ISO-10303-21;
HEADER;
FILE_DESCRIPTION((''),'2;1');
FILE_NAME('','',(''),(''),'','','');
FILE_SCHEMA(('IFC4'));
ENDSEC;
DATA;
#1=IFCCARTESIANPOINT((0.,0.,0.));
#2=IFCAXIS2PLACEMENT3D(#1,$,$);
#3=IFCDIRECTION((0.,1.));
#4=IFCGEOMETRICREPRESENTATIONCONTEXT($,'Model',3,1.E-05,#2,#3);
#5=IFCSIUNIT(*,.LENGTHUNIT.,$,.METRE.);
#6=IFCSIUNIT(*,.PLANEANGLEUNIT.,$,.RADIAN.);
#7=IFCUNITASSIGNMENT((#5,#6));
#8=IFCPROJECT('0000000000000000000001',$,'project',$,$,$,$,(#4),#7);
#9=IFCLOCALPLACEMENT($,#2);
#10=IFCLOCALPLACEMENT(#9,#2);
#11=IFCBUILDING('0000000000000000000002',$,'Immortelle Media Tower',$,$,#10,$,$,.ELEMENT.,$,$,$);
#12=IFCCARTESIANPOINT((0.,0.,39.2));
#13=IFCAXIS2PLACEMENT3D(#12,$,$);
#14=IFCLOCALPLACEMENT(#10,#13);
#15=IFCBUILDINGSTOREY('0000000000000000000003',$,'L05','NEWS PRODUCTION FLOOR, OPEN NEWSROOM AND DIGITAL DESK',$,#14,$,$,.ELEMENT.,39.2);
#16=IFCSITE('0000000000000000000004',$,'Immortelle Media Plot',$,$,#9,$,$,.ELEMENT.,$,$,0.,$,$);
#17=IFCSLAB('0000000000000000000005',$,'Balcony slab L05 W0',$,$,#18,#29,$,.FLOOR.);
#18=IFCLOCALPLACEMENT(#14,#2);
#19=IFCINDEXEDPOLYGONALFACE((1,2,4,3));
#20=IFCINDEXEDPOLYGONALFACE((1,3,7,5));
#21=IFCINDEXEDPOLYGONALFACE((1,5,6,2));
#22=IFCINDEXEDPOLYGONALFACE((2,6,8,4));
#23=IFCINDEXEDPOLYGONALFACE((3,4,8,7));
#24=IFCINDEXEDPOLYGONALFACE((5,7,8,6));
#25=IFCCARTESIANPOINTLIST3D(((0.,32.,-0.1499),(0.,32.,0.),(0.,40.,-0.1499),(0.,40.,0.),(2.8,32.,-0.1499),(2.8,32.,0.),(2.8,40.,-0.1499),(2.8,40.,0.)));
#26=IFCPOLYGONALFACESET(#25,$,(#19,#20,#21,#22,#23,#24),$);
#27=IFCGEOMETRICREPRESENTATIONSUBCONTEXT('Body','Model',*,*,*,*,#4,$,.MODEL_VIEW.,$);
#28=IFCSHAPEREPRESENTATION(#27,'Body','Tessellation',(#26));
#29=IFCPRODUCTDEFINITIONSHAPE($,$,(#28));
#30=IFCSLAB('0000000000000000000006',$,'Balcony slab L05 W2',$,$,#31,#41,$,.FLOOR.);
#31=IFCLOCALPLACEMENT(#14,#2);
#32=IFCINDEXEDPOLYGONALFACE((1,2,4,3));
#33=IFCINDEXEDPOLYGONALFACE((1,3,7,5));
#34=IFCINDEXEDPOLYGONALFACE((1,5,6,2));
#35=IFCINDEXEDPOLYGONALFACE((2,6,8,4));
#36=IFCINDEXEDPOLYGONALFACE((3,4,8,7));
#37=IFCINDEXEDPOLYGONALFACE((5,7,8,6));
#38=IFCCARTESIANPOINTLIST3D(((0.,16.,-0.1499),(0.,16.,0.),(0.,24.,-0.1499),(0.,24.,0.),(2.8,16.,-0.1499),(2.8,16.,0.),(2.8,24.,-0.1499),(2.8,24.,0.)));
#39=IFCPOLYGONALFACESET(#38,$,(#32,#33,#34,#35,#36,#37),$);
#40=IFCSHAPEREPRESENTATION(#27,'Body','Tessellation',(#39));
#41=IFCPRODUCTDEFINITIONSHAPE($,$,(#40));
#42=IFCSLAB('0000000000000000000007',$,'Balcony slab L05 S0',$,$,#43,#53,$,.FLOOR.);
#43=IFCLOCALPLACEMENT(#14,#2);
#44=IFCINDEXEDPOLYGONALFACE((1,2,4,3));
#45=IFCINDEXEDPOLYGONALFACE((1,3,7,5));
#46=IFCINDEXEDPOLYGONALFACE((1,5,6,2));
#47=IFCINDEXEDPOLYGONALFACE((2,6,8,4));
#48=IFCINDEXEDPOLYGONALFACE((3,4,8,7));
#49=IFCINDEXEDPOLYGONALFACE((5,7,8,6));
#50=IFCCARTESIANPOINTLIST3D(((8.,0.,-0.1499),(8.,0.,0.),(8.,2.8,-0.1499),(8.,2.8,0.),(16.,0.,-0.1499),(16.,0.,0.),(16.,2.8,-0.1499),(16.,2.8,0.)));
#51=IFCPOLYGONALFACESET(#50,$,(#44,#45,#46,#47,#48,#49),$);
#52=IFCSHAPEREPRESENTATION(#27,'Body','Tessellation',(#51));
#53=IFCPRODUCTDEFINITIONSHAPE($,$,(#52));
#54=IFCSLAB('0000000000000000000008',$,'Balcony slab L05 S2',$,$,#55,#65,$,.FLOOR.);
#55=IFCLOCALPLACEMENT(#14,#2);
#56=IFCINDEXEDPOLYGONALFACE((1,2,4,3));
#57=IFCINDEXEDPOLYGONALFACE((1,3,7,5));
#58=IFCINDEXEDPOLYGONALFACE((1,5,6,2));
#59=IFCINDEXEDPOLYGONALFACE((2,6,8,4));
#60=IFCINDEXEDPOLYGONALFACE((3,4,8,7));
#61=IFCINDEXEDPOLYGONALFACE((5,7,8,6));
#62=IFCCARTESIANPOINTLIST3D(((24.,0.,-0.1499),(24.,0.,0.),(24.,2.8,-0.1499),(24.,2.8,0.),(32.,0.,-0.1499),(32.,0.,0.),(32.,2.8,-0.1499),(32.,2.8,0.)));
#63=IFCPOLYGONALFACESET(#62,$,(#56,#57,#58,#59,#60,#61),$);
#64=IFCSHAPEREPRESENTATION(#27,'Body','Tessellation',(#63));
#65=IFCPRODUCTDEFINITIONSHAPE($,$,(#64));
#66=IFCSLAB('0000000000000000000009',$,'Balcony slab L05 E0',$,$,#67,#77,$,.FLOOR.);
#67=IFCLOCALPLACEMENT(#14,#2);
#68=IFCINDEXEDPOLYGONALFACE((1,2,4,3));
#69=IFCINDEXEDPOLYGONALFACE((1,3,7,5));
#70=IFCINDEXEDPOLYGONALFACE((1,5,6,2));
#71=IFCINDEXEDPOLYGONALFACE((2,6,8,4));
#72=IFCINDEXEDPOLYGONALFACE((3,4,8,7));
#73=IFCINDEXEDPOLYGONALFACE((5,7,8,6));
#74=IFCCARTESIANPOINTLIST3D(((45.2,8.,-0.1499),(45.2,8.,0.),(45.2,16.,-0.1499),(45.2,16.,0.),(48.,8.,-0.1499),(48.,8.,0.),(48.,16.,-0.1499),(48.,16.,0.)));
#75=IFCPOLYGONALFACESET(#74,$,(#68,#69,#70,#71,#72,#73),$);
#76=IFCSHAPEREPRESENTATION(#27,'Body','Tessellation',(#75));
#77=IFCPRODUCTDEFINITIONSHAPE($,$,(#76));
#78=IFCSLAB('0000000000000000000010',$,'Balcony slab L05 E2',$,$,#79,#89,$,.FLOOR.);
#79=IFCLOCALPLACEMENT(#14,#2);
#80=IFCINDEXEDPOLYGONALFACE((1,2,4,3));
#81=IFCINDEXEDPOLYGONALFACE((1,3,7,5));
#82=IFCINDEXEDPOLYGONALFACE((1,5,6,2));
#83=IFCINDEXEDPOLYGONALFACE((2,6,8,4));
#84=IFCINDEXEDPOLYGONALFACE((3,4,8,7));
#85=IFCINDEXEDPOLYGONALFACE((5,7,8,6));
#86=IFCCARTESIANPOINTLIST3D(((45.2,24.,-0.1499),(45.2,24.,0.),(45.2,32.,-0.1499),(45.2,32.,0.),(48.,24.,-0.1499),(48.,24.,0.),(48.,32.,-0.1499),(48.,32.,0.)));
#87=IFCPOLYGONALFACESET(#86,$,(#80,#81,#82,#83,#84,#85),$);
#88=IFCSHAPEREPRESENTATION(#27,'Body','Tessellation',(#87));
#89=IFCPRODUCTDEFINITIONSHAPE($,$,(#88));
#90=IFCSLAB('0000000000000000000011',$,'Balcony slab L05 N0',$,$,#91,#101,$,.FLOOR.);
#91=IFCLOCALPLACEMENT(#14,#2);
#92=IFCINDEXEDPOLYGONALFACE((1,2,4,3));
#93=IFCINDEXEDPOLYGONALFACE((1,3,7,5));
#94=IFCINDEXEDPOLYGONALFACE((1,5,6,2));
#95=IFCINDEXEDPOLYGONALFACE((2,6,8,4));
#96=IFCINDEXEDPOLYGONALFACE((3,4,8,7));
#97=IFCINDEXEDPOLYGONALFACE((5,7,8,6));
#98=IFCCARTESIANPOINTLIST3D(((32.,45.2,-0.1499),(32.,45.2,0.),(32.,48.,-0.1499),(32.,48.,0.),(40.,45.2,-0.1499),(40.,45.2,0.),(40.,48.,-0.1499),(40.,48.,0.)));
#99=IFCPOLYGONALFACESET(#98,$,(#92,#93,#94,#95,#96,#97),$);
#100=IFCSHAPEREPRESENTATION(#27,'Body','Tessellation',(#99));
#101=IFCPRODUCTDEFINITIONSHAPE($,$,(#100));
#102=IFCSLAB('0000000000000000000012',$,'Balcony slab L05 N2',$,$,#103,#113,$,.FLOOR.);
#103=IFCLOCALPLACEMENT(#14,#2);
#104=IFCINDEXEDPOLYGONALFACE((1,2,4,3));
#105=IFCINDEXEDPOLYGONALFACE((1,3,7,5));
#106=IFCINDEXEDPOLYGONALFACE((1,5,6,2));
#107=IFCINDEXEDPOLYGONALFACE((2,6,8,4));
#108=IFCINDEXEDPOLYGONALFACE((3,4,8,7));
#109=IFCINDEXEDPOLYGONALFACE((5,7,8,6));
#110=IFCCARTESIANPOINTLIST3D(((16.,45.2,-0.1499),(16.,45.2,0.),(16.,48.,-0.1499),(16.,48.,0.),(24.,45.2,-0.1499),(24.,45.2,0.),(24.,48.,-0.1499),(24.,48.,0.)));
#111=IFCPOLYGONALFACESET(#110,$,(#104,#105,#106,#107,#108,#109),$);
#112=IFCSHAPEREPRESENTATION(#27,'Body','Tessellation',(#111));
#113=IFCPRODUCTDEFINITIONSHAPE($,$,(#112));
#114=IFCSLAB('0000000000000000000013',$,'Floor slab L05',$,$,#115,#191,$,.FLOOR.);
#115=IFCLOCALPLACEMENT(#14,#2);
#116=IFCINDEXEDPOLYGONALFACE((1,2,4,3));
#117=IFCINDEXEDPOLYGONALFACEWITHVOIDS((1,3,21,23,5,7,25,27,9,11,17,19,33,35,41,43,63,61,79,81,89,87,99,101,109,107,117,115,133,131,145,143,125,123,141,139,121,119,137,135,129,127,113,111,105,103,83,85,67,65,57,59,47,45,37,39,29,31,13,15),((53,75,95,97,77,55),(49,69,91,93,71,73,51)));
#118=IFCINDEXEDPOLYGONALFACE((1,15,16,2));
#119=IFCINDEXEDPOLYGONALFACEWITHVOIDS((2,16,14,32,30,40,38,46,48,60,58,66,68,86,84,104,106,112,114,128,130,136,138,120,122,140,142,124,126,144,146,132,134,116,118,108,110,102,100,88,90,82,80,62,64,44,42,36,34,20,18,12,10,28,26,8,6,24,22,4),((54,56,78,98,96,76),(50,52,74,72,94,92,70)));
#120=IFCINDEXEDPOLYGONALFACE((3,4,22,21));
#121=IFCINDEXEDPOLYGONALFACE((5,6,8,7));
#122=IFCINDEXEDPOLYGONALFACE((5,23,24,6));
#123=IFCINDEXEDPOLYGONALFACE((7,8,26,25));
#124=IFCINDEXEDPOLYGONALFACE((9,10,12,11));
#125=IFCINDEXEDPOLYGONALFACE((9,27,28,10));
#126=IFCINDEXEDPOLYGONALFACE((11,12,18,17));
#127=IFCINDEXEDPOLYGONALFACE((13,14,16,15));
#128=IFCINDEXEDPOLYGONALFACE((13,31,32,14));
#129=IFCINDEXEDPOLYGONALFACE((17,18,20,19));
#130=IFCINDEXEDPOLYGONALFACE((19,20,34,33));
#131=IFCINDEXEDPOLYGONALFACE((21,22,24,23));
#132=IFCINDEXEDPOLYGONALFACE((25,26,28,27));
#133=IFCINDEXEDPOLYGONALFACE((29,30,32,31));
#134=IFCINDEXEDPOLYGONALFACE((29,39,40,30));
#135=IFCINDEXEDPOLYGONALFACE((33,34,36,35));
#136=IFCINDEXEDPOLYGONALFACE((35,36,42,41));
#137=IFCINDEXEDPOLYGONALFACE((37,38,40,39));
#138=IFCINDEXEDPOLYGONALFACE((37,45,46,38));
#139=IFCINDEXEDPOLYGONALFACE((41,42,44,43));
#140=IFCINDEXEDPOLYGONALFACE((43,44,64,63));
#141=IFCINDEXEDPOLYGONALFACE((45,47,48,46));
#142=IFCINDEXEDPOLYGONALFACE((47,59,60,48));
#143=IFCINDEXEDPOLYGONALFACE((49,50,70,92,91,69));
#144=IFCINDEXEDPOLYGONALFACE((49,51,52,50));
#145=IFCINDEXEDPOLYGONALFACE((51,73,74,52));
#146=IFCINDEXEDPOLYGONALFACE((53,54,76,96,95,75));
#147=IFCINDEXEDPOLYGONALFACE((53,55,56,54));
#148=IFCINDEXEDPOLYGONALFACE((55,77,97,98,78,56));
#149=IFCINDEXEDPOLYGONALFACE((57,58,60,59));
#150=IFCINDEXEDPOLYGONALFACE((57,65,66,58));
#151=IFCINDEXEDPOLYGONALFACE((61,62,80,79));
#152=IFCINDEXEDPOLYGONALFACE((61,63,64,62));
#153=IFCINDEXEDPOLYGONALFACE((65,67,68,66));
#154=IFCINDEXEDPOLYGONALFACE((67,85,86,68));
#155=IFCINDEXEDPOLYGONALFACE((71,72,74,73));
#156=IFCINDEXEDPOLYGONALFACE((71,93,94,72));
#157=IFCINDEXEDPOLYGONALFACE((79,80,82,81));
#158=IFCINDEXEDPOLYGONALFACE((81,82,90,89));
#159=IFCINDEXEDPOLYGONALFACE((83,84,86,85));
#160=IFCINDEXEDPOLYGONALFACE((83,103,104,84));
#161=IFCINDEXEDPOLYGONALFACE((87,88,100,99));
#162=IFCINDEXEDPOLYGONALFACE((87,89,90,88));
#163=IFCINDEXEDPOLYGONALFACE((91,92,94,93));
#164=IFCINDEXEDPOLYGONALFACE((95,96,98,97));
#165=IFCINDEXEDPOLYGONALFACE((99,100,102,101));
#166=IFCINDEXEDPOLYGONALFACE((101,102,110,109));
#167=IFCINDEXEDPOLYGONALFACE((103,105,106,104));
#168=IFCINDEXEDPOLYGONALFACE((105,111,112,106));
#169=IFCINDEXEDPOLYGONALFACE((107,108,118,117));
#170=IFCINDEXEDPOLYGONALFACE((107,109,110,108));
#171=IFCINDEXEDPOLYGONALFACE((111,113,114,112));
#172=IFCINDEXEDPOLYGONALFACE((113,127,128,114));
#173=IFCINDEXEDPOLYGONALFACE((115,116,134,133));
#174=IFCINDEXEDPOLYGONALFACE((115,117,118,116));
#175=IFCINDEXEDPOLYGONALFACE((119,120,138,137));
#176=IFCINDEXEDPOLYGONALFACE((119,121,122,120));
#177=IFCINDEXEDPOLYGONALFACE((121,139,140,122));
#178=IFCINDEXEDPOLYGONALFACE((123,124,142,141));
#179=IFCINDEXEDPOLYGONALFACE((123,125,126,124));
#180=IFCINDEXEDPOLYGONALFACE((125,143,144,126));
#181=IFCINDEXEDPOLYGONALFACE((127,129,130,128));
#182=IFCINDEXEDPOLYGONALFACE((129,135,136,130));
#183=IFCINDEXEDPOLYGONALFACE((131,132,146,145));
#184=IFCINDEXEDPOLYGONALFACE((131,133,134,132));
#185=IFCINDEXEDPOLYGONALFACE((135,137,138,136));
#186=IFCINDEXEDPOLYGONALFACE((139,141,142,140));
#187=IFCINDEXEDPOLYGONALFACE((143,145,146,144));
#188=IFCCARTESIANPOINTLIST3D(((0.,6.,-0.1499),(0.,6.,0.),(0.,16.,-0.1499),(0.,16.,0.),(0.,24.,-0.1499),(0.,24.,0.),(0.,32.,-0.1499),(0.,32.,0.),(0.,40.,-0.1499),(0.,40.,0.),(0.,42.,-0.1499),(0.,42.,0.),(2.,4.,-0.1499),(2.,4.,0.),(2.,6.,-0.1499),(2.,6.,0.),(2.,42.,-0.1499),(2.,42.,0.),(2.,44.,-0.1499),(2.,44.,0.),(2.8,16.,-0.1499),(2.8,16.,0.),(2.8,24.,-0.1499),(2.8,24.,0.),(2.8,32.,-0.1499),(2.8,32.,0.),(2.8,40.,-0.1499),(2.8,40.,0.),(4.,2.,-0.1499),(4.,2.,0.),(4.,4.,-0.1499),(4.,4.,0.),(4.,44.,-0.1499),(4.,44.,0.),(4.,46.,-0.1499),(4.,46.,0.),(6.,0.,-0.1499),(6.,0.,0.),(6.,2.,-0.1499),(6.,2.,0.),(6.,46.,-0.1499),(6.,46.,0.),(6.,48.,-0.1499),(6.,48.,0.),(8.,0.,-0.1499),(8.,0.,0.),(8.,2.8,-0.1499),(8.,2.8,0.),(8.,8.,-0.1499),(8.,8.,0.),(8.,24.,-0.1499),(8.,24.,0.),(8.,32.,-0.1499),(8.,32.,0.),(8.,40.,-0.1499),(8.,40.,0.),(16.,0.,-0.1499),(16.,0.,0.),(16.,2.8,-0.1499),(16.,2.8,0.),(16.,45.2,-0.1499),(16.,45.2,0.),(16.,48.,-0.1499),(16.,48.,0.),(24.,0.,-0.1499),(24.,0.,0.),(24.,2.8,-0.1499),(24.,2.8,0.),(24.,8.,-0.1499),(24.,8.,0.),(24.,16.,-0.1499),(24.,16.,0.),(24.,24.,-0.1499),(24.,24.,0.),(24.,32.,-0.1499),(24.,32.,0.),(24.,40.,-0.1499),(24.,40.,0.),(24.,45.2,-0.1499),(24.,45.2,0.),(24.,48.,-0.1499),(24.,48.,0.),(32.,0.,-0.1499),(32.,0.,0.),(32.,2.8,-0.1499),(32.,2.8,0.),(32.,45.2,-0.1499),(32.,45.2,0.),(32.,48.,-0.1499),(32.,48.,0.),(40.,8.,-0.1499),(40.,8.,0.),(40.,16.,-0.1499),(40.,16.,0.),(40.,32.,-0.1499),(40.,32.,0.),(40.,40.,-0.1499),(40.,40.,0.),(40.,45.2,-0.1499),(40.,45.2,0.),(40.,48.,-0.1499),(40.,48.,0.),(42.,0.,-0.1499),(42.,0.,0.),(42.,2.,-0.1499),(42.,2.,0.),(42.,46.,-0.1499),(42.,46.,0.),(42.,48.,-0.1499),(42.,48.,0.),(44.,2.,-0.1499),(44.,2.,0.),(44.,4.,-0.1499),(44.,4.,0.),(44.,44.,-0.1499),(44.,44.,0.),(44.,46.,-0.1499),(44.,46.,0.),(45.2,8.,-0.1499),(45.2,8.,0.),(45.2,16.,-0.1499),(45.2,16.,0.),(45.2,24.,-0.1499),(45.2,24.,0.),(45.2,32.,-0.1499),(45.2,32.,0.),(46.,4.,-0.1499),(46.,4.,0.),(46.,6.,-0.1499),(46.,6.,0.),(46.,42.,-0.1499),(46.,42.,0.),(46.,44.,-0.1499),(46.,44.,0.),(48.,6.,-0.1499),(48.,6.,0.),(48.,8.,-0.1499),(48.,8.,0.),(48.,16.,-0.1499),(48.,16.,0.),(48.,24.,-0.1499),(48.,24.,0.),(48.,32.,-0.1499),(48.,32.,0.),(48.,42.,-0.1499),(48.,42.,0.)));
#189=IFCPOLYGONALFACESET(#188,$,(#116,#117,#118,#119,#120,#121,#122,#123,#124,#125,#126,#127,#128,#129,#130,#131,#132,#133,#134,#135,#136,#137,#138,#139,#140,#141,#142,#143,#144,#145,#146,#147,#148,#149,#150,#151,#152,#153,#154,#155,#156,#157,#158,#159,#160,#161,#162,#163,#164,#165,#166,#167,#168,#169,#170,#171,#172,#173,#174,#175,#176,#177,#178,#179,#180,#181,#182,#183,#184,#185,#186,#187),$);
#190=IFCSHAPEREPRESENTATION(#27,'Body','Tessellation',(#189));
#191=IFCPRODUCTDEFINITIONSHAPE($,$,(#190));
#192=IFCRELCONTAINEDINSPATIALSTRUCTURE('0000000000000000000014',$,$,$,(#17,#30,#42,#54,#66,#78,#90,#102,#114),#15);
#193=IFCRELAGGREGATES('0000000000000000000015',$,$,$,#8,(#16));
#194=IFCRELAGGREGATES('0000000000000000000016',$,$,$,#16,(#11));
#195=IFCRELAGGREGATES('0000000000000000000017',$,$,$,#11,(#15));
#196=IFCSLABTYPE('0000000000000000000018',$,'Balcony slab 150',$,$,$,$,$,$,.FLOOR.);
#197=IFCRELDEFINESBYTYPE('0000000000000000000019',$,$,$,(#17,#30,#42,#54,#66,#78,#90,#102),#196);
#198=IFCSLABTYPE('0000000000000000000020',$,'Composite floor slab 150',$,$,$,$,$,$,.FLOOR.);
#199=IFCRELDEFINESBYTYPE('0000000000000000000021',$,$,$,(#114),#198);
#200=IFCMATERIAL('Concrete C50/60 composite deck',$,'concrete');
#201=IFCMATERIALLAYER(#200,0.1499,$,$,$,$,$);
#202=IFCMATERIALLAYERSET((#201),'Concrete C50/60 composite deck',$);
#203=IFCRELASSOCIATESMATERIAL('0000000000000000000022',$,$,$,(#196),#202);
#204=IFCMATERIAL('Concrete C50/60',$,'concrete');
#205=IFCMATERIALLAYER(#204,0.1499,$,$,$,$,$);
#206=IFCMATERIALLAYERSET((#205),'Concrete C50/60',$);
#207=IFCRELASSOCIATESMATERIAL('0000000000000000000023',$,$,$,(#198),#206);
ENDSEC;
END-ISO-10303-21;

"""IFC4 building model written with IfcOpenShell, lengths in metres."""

from ifc_helpers import new_model, si_unit, direction, frame, origin, place, context, subcontext, project, spatial, polyline, outline, extrude, material, layer, layer_set, type_object, element, save


model = new_model("IFC4")

# Units and contexts
model_context = context("Model", 3, precision=1e-05, world=origin(), true_north=direction((0.0, 1.0)))
body_context = subcontext(model_context, "Body", "Model", "MODEL_VIEW")
ifc_project = project(units=[si_unit("LENGTHUNIT", "METRE"), si_unit("PLANEANGLEUNIT", "RADIAN")], contexts=[model_context])

# Site, building, storey
site_placement = place(None, origin())
site = spatial("IfcSite", under=ifc_project, at=site_placement, Name="Immortelle Media Plot", CompositionType="ELEMENT", RefElevation=0.0)
building_placement = place(site_placement, origin())
building = spatial("IfcBuilding", under=site, at=building_placement, Name="Immortelle Media Tower", CompositionType="ELEMENT")
storey_placement = place(building_placement, frame((0.0, 0.0, 39.2)))
storey = spatial("IfcBuildingStorey", under=building, at=storey_placement, Name="L05", Description="NEWS PRODUCTION FLOOR, OPEN NEWSROOM AND DIGITAL DESK", CompositionType="ELEMENT", Elevation=39.2)

# Slabs
ifc_material_1 = material(Name="Concrete C50/60 composite deck", Category="concrete")
ifc_layer_1 = layer(ifc_material_1, 0.1499)
ifc_layer_set_1 = layer_set([ifc_layer_1], Name="Concrete C50/60 composite deck")
slab_type_1 = type_object("IfcSlabType", Name="Balcony slab 150", PredefinedType="FLOOR", material=ifc_layer_set_1)
slab_1_placement = place(storey_placement, frame((0.0, 0.0, -0.1499)))
element("IfcSlab", 1, at=slab_1_placement, inside=storey, type_object=slab_type_1, Name="Balcony slab L05 W0", PredefinedType="FLOOR", context=body_context, shape_type="SweptSolid", body=[
    extrude(outline(polyline([(2.8, 32.0), (2.8, 40.0), (0.0, 40.0), (0.0, 32.0), (2.8, 32.0)])), origin(), (0.0, 0.0, 1.0), 0.1499),
])
slab_2_placement = place(storey_placement, frame((0.0, 0.0, -0.1499)))
element("IfcSlab", 2, at=slab_2_placement, inside=storey, type_object=slab_type_1, Name="Balcony slab L05 W2", PredefinedType="FLOOR", context=body_context, shape_type="SweptSolid", body=[
    extrude(outline(polyline([(2.8, 16.0), (2.8, 24.0), (0.0, 24.0), (0.0, 16.0), (2.8, 16.0)])), origin(), (0.0, 0.0, 1.0), 0.1499),
])
slab_3_placement = place(storey_placement, frame((0.0, 0.0, -0.1499)))
element("IfcSlab", 3, at=slab_3_placement, inside=storey, type_object=slab_type_1, Name="Balcony slab L05 S0", PredefinedType="FLOOR", context=body_context, shape_type="SweptSolid", body=[
    extrude(outline(polyline([(16.0, 0.0), (16.0, 2.8), (8.0, 2.8), (8.0, 0.0), (16.0, 0.0)])), origin(), (0.0, 0.0, 1.0), 0.1499),
])
slab_4_placement = place(storey_placement, frame((0.0, 0.0, -0.1499)))
element("IfcSlab", 4, at=slab_4_placement, inside=storey, type_object=slab_type_1, Name="Balcony slab L05 S2", PredefinedType="FLOOR", context=body_context, shape_type="SweptSolid", body=[
    extrude(outline(polyline([(32.0, 0.0), (32.0, 2.8), (24.0, 2.8), (24.0, 0.0), (32.0, 0.0)])), origin(), (0.0, 0.0, 1.0), 0.1499),
])
slab_5_placement = place(storey_placement, frame((0.0, 0.0, -0.1499)))
element("IfcSlab", 5, at=slab_5_placement, inside=storey, type_object=slab_type_1, Name="Balcony slab L05 E0", PredefinedType="FLOOR", context=body_context, shape_type="SweptSolid", body=[
    extrude(outline(polyline([(48.0, 8.0), (48.0, 16.0), (45.2, 16.0), (45.2, 8.0), (48.0, 8.0)])), origin(), (0.0, 0.0, 1.0), 0.1499),
])
slab_6_placement = place(storey_placement, frame((0.0, 0.0, -0.1499)))
element("IfcSlab", 6, at=slab_6_placement, inside=storey, type_object=slab_type_1, Name="Balcony slab L05 E2", PredefinedType="FLOOR", context=body_context, shape_type="SweptSolid", body=[
    extrude(outline(polyline([(48.0, 24.0), (48.0, 32.0), (45.2, 32.0), (45.2, 24.0), (48.0, 24.0)])), origin(), (0.0, 0.0, 1.0), 0.1499),
])
slab_7_placement = place(storey_placement, frame((0.0, 0.0, -0.1499)))
element("IfcSlab", 7, at=slab_7_placement, inside=storey, type_object=slab_type_1, Name="Balcony slab L05 N0", PredefinedType="FLOOR", context=body_context, shape_type="SweptSolid", body=[
    extrude(outline(polyline([(40.0, 45.2), (40.0, 48.0), (32.0, 48.0), (32.0, 45.2), (40.0, 45.2)])), origin(), (0.0, 0.0, 1.0), 0.1499),
])
slab_8_placement = place(storey_placement, frame((0.0, 0.0, -0.1499)))
element("IfcSlab", 8, at=slab_8_placement, inside=storey, type_object=slab_type_1, Name="Balcony slab L05 N2", PredefinedType="FLOOR", context=body_context, shape_type="SweptSolid", body=[
    extrude(outline(polyline([(24.0, 45.2), (24.0, 48.0), (16.0, 48.0), (16.0, 45.2), (24.0, 45.2)])), origin(), (0.0, 0.0, 1.0), 0.1499),
])
ifc_material_2 = material(Name="Concrete C50/60", Category="concrete")
ifc_layer_2 = layer(ifc_material_2, 0.1499)
ifc_layer_set_2 = layer_set([ifc_layer_2], Name="Concrete C50/60")
slab_type_2 = type_object("IfcSlabType", Name="Composite floor slab 150", PredefinedType="FLOOR", material=ifc_layer_set_2)
slab_9_placement = place(storey_placement, frame((0.0, 0.0, -0.1499)))
element("IfcSlab", 9, at=slab_9_placement, inside=storey, type_object=slab_type_2, Name="Floor slab L05", PredefinedType="FLOOR", context=body_context, shape_type="SweptSolid", body=[
    extrude(outline(polyline([(6.0, 0.0), (6.0, 2.0), (4.0, 2.0), (4.0, 4.0), (2.0, 4.0), (2.0, 6.0), (0.0, 6.0), (0.0, 16.0), (2.8, 16.0), (2.8, 24.0), (0.0, 24.0), (0.0, 32.0), (2.8, 32.0), (2.8, 40.0), (0.0, 40.0), (0.0, 42.0), (2.0, 42.0), (2.0, 44.0), (4.0, 44.0), (4.0, 46.0), (6.0, 46.0), (6.0, 48.0), (16.0, 48.0), (16.0, 45.2), (24.0, 45.2), (24.0, 48.0), (32.0, 48.0), (32.0, 45.2), (40.0, 45.2), (40.0, 48.0), (42.0, 48.0), (42.0, 46.0), (44.0, 46.0), (44.0, 44.0), (46.0, 44.0), (46.0, 42.0), (48.0, 42.0), (48.0, 32.0), (45.2, 32.0), (45.2, 24.0), (48.0, 24.0), (48.0, 16.0), (45.2, 16.0), (45.2, 8.0), (48.0, 8.0), (48.0, 6.0), (46.0, 6.0), (46.0, 4.0), (44.0, 4.0), (44.0, 2.0), (42.0, 2.0), (42.0, 0.0), (32.0, 0.0), (32.0, 2.8), (24.0, 2.8), (24.0, 0.0), (16.0, 0.0), (16.0, 2.8), (8.0, 2.8), (8.0, 0.0), (6.0, 0.0)]), holes=[polyline([(24.0, 24.0), (8.0, 24.0), (8.0, 8.0), (24.0, 8.0), (40.0, 8.0), (40.0, 16.0), (24.0, 16.0), (24.0, 24.0)]), polyline([(24.0, 32.0), (40.0, 32.0), (40.0, 40.0), (24.0, 40.0), (8.0, 40.0), (8.0, 32.0), (24.0, 32.0)])]), origin(), (0.0, 0.0, 1.0), 0.1499),
])

save(model, "model.ifc")
